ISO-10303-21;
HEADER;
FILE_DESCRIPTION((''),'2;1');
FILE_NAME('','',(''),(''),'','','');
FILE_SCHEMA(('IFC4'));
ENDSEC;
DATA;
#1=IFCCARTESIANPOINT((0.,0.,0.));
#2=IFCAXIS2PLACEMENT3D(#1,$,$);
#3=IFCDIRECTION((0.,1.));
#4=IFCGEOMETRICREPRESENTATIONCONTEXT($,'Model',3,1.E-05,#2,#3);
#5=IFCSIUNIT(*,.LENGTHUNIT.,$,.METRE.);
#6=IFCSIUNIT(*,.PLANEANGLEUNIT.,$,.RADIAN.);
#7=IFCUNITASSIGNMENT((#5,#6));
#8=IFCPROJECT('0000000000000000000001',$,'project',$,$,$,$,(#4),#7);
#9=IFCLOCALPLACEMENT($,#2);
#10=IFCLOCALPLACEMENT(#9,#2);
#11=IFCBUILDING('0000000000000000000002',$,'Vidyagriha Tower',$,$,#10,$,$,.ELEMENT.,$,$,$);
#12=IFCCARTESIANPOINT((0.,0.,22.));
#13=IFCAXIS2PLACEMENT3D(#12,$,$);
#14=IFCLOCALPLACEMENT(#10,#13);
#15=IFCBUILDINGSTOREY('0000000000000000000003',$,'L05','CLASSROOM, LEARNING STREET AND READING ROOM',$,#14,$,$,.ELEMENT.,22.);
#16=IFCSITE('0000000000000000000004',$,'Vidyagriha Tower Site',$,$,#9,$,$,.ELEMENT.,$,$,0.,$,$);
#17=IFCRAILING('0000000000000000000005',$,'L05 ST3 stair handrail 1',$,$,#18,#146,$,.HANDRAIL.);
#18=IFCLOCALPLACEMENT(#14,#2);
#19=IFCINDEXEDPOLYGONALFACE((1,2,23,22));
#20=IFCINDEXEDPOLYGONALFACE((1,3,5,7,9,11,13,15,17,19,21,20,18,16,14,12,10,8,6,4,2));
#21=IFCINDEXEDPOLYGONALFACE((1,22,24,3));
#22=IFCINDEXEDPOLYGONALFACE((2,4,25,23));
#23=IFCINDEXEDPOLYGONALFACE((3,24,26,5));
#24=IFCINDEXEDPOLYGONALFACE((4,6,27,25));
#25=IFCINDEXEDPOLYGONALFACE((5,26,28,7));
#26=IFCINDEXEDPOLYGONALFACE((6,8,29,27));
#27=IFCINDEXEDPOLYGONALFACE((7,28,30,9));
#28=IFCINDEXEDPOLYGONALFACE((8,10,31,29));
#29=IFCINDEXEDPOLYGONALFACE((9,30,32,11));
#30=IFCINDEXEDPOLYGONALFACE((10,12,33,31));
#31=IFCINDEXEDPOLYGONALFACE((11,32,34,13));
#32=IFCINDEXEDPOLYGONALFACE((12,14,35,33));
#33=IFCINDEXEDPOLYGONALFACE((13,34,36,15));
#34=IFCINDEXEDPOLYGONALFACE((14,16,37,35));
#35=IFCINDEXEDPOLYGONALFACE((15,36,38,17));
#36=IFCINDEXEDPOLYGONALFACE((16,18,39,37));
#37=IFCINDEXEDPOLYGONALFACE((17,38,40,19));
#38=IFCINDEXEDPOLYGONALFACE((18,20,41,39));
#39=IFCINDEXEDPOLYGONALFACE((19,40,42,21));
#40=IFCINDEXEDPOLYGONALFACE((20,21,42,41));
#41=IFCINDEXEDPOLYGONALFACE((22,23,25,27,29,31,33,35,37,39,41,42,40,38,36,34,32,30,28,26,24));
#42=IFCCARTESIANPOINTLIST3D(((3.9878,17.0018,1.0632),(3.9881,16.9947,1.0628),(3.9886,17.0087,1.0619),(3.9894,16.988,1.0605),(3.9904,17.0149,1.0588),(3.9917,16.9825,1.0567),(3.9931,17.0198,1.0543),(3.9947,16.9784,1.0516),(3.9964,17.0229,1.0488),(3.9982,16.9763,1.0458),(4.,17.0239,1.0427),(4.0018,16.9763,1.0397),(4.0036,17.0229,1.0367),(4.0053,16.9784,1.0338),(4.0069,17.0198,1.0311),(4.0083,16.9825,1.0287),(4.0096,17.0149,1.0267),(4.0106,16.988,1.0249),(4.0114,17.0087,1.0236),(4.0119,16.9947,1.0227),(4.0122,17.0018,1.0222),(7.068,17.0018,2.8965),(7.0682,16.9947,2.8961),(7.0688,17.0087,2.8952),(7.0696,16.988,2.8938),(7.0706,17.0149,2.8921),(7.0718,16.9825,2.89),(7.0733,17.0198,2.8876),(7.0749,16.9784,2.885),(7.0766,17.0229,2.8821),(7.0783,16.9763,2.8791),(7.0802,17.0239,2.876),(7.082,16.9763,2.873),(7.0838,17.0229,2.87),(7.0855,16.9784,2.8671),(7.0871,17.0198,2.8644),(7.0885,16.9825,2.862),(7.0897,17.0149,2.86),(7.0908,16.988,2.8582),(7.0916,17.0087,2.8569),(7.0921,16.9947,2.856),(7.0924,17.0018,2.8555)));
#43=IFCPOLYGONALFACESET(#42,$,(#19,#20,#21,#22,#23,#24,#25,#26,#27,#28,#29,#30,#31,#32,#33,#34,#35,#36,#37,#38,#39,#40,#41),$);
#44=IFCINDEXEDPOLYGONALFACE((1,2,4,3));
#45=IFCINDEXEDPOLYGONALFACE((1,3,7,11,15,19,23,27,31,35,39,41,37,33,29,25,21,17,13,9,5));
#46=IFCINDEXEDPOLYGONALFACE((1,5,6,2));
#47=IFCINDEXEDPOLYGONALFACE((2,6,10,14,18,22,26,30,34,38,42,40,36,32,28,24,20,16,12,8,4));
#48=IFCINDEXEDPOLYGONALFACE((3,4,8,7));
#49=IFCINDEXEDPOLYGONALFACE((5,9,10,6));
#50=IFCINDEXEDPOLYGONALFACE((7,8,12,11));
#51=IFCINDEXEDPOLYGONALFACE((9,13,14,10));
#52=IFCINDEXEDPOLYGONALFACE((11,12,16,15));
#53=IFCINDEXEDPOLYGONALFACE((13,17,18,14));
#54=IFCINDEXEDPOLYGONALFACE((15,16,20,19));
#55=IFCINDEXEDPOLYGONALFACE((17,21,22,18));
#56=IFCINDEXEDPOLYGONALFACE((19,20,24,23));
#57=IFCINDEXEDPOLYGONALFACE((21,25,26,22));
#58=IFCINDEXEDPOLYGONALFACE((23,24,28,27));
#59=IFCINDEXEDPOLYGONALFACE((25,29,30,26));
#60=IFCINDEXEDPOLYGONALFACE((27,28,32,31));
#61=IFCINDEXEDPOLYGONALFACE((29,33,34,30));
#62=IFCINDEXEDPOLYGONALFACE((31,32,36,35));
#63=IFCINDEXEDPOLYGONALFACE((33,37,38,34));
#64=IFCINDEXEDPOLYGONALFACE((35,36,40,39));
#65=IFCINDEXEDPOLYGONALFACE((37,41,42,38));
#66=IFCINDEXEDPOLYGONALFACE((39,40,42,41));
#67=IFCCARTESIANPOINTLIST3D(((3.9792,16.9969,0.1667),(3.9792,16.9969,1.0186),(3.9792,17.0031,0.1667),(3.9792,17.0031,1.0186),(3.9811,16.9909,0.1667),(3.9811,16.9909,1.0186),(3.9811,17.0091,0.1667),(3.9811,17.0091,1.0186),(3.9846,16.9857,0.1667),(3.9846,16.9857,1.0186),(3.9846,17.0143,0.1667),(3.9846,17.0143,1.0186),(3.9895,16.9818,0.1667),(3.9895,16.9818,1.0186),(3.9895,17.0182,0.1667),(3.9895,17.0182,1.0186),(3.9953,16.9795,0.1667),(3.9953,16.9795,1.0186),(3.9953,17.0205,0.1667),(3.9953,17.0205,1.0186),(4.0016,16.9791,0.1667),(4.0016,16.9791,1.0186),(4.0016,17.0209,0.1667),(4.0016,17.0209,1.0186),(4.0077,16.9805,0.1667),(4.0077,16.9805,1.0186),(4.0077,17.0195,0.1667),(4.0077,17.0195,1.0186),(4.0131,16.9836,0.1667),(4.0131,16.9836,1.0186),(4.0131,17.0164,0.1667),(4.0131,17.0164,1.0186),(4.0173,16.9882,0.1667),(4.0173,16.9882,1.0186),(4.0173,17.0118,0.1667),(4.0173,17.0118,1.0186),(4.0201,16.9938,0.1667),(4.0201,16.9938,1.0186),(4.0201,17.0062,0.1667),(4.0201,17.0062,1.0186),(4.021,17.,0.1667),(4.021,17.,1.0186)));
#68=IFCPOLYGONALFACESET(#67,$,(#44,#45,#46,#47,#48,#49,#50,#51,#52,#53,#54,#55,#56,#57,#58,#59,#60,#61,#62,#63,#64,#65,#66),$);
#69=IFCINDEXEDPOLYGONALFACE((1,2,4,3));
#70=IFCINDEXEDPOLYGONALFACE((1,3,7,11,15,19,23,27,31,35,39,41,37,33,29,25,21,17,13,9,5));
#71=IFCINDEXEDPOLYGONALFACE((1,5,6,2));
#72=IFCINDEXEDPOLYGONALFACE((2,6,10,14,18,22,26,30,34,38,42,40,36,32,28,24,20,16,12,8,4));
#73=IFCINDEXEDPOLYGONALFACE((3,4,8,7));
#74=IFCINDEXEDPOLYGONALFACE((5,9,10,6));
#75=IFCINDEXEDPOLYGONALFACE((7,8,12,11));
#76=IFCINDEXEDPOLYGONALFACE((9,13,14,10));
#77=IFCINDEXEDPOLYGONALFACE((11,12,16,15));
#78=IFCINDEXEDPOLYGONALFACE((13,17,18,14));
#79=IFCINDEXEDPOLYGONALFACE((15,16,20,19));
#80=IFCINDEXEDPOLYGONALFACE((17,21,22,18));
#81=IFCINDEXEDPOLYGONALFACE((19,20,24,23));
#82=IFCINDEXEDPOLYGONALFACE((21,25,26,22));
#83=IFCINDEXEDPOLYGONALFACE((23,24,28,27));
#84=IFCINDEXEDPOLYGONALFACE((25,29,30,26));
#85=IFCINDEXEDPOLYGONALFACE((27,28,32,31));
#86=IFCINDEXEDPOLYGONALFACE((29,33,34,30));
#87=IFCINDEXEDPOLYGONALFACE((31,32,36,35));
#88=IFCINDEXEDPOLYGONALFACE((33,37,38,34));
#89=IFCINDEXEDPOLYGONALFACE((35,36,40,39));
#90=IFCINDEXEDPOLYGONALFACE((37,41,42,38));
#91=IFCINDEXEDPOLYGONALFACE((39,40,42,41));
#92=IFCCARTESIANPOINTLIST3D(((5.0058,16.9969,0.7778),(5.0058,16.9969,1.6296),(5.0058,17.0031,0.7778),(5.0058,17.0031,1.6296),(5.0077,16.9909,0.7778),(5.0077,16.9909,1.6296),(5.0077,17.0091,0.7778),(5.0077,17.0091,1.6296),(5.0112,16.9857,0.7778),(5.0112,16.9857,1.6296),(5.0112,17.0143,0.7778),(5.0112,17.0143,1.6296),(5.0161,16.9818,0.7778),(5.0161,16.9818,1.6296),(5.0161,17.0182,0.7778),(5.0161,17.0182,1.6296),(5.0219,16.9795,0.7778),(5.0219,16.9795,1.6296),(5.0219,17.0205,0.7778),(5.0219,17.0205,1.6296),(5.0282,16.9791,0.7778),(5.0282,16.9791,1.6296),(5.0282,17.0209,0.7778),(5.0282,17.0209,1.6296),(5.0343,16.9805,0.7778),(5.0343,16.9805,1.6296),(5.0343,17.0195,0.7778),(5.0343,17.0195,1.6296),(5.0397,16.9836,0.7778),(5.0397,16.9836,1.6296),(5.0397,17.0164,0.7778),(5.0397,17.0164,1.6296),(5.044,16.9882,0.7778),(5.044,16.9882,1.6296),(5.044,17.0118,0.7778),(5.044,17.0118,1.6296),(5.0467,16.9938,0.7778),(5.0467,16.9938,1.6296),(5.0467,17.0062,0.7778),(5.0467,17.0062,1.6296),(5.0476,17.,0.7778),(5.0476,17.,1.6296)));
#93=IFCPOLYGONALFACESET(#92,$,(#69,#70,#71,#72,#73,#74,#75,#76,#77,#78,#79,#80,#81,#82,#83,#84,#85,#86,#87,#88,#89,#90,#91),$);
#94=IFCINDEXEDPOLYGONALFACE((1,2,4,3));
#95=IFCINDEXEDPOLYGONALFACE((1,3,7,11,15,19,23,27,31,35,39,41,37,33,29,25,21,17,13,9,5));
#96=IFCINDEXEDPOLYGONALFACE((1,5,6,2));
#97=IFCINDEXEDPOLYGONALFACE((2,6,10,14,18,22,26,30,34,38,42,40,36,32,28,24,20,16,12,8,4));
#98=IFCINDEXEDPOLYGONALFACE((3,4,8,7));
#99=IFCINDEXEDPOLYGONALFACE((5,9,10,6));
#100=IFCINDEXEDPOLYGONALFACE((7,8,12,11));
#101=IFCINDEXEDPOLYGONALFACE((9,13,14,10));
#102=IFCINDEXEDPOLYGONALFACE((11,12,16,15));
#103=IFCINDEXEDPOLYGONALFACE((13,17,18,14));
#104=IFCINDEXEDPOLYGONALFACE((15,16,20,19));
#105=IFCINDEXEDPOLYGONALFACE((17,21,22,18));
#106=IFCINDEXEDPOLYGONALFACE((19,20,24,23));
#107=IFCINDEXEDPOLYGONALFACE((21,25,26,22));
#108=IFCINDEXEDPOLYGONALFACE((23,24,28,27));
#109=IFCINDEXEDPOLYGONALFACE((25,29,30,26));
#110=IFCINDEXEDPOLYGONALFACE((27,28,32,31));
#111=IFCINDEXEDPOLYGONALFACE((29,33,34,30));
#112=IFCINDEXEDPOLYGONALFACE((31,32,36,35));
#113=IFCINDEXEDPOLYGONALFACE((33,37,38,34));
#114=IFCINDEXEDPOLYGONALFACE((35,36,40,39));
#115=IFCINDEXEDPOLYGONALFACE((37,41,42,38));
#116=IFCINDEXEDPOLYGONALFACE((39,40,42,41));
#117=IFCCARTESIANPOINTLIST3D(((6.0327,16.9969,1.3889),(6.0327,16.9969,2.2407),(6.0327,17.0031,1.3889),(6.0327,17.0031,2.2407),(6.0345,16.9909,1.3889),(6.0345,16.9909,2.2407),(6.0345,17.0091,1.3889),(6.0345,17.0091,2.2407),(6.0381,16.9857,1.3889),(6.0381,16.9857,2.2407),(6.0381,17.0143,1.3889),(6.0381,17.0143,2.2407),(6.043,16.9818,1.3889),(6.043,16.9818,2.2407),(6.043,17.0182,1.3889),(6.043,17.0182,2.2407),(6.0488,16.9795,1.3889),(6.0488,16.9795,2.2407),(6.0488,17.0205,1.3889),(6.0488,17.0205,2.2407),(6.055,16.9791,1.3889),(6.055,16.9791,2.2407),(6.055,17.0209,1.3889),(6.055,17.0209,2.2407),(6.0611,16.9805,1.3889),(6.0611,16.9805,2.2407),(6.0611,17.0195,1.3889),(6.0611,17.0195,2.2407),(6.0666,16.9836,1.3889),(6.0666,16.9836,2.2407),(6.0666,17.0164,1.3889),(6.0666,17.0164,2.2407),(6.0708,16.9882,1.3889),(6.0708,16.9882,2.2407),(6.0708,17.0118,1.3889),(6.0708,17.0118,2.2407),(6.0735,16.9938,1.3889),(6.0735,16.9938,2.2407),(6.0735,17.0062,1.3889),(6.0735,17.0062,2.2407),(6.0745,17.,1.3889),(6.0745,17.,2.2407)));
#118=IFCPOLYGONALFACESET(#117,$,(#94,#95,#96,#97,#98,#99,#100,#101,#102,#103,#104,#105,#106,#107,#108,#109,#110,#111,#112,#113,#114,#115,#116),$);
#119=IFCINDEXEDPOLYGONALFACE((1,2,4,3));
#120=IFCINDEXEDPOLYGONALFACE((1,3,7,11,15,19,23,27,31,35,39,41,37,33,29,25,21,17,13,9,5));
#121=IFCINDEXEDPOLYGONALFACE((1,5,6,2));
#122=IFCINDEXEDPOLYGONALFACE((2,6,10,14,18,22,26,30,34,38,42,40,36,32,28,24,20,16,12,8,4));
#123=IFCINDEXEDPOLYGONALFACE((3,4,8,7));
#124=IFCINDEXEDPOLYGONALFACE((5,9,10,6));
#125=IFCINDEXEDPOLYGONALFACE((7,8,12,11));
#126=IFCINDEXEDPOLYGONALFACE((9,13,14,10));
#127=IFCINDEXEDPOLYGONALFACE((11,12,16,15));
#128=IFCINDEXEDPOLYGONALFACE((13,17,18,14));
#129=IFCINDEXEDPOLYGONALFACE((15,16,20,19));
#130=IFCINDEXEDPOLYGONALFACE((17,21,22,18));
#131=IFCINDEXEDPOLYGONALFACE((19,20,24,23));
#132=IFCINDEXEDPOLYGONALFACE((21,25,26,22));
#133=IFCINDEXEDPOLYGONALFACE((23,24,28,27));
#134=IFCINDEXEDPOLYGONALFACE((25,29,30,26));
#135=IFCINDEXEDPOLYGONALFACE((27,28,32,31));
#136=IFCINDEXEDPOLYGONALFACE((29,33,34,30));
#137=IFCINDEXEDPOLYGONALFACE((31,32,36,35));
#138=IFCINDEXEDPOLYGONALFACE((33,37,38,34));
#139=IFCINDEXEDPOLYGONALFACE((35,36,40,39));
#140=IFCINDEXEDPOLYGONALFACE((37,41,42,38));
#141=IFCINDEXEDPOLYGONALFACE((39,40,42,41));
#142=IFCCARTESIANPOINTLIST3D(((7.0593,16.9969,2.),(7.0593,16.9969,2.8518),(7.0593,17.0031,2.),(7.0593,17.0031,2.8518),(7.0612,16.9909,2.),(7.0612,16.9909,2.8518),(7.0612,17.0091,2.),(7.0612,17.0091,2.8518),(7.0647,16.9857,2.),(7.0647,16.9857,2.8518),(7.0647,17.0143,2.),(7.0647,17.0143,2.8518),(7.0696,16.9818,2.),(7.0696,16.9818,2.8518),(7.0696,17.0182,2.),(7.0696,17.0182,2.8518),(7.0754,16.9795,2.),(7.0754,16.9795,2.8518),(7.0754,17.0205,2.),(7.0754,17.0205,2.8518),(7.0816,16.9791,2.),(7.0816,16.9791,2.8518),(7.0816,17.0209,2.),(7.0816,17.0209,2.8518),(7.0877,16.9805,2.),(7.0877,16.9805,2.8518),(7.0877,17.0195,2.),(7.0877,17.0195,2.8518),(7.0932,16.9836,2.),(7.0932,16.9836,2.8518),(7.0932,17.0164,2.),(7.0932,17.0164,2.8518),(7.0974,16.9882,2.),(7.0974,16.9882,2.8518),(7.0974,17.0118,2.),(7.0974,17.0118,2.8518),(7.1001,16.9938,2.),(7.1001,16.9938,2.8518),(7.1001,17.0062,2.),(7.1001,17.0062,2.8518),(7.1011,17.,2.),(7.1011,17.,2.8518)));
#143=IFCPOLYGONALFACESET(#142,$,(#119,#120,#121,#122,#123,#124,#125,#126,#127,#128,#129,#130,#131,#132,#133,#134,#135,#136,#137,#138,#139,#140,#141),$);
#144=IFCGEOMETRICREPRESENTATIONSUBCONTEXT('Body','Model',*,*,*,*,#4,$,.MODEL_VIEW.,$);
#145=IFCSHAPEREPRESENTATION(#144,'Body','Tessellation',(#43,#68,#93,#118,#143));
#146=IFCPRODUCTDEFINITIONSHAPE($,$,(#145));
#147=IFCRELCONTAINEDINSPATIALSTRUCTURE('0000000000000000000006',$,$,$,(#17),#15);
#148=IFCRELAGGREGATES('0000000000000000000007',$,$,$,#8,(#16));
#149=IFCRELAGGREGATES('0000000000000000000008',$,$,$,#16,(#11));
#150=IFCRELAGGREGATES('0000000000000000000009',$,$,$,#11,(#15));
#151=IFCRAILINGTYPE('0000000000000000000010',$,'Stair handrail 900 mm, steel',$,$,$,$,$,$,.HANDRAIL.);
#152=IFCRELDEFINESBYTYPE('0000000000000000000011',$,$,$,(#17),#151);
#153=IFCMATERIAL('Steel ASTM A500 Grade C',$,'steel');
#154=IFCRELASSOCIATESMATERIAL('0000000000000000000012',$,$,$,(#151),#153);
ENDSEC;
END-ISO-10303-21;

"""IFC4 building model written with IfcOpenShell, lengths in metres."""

from ifc_helpers import new_model, si_unit, direction, frame, origin, origin_2d, place, context, subcontext, project, spatial, circle, extrude, material, type_object, element, save


model = new_model("IFC4")

# Units and contexts
model_context = context("Model", 3, precision=1e-05, world=origin(), true_north=direction((0.0, 1.0)))
body_context = subcontext(model_context, "Body", "Model", "MODEL_VIEW")
ifc_project = project(units=[si_unit("LENGTHUNIT", "METRE"), si_unit("PLANEANGLEUNIT", "RADIAN")], contexts=[model_context])

# Site, building, storey
site_placement = place(None, origin())
site = spatial("IfcSite", under=ifc_project, at=site_placement, Name="Vidyagriha Tower Site", CompositionType="ELEMENT", RefElevation=0.0)
building_placement = place(site_placement, origin())
building = spatial("IfcBuilding", under=site, at=building_placement, Name="Vidyagriha Tower", CompositionType="ELEMENT")
storey_placement = place(building_placement, frame((0.0, 0.0, 22.0)))
storey = spatial("IfcBuildingStorey", under=building, at=storey_placement, Name="L05", Description="CLASSROOM, LEARNING STREET AND READING ROOM", CompositionType="ELEMENT", Elevation=22.0)

# Railing
ifc_material_1 = material(Name="Steel ASTM A500 Grade C", Category="steel")
railing_type_1 = type_object("IfcRailingType", Name="Stair handrail 900 mm, steel", PredefinedType="HANDRAIL", material=ifc_material_1)
railing_1_placement = place(storey_placement, frame((4.0, 17.0, 0.1667)))
element("IfcRailing", 1, at=railing_1_placement, inside=storey, type_object=railing_type_1, Name="L05 ST3 stair handrail 1", PredefinedType="HANDRAIL", context=body_context, shape_type="SweptSolid", body=[
    extrude(circle(Radius=0.0239, at=origin_2d()), frame((0.0, 0.0, 0.876), z_axis=(0.859309, 0.0, 0.511458), x_axis=(0.0, 1.0, 0.0)), (0.0, 0.0, 1.0), 3.5845),
    extrude(circle(Radius=0.021, at=origin_2d()), origin(), (0.0, 0.0, 1.0), 0.8518),
    extrude(circle(Radius=0.021, at=origin_2d()), frame((1.0266, 0.0, 0.6111)), (0.0, 0.0, 1.0), 0.8518),
    extrude(circle(Radius=0.021, at=origin_2d()), frame((2.0535, 0.0, 1.2222)), (0.0, 0.0, 1.0), 0.8518),
    extrude(circle(Radius=0.021, at=origin_2d()), frame((3.0801, 0.0, 1.8333)), (0.0, 0.0, 1.0), 0.8518),
])

save(model, "model.ifc")
